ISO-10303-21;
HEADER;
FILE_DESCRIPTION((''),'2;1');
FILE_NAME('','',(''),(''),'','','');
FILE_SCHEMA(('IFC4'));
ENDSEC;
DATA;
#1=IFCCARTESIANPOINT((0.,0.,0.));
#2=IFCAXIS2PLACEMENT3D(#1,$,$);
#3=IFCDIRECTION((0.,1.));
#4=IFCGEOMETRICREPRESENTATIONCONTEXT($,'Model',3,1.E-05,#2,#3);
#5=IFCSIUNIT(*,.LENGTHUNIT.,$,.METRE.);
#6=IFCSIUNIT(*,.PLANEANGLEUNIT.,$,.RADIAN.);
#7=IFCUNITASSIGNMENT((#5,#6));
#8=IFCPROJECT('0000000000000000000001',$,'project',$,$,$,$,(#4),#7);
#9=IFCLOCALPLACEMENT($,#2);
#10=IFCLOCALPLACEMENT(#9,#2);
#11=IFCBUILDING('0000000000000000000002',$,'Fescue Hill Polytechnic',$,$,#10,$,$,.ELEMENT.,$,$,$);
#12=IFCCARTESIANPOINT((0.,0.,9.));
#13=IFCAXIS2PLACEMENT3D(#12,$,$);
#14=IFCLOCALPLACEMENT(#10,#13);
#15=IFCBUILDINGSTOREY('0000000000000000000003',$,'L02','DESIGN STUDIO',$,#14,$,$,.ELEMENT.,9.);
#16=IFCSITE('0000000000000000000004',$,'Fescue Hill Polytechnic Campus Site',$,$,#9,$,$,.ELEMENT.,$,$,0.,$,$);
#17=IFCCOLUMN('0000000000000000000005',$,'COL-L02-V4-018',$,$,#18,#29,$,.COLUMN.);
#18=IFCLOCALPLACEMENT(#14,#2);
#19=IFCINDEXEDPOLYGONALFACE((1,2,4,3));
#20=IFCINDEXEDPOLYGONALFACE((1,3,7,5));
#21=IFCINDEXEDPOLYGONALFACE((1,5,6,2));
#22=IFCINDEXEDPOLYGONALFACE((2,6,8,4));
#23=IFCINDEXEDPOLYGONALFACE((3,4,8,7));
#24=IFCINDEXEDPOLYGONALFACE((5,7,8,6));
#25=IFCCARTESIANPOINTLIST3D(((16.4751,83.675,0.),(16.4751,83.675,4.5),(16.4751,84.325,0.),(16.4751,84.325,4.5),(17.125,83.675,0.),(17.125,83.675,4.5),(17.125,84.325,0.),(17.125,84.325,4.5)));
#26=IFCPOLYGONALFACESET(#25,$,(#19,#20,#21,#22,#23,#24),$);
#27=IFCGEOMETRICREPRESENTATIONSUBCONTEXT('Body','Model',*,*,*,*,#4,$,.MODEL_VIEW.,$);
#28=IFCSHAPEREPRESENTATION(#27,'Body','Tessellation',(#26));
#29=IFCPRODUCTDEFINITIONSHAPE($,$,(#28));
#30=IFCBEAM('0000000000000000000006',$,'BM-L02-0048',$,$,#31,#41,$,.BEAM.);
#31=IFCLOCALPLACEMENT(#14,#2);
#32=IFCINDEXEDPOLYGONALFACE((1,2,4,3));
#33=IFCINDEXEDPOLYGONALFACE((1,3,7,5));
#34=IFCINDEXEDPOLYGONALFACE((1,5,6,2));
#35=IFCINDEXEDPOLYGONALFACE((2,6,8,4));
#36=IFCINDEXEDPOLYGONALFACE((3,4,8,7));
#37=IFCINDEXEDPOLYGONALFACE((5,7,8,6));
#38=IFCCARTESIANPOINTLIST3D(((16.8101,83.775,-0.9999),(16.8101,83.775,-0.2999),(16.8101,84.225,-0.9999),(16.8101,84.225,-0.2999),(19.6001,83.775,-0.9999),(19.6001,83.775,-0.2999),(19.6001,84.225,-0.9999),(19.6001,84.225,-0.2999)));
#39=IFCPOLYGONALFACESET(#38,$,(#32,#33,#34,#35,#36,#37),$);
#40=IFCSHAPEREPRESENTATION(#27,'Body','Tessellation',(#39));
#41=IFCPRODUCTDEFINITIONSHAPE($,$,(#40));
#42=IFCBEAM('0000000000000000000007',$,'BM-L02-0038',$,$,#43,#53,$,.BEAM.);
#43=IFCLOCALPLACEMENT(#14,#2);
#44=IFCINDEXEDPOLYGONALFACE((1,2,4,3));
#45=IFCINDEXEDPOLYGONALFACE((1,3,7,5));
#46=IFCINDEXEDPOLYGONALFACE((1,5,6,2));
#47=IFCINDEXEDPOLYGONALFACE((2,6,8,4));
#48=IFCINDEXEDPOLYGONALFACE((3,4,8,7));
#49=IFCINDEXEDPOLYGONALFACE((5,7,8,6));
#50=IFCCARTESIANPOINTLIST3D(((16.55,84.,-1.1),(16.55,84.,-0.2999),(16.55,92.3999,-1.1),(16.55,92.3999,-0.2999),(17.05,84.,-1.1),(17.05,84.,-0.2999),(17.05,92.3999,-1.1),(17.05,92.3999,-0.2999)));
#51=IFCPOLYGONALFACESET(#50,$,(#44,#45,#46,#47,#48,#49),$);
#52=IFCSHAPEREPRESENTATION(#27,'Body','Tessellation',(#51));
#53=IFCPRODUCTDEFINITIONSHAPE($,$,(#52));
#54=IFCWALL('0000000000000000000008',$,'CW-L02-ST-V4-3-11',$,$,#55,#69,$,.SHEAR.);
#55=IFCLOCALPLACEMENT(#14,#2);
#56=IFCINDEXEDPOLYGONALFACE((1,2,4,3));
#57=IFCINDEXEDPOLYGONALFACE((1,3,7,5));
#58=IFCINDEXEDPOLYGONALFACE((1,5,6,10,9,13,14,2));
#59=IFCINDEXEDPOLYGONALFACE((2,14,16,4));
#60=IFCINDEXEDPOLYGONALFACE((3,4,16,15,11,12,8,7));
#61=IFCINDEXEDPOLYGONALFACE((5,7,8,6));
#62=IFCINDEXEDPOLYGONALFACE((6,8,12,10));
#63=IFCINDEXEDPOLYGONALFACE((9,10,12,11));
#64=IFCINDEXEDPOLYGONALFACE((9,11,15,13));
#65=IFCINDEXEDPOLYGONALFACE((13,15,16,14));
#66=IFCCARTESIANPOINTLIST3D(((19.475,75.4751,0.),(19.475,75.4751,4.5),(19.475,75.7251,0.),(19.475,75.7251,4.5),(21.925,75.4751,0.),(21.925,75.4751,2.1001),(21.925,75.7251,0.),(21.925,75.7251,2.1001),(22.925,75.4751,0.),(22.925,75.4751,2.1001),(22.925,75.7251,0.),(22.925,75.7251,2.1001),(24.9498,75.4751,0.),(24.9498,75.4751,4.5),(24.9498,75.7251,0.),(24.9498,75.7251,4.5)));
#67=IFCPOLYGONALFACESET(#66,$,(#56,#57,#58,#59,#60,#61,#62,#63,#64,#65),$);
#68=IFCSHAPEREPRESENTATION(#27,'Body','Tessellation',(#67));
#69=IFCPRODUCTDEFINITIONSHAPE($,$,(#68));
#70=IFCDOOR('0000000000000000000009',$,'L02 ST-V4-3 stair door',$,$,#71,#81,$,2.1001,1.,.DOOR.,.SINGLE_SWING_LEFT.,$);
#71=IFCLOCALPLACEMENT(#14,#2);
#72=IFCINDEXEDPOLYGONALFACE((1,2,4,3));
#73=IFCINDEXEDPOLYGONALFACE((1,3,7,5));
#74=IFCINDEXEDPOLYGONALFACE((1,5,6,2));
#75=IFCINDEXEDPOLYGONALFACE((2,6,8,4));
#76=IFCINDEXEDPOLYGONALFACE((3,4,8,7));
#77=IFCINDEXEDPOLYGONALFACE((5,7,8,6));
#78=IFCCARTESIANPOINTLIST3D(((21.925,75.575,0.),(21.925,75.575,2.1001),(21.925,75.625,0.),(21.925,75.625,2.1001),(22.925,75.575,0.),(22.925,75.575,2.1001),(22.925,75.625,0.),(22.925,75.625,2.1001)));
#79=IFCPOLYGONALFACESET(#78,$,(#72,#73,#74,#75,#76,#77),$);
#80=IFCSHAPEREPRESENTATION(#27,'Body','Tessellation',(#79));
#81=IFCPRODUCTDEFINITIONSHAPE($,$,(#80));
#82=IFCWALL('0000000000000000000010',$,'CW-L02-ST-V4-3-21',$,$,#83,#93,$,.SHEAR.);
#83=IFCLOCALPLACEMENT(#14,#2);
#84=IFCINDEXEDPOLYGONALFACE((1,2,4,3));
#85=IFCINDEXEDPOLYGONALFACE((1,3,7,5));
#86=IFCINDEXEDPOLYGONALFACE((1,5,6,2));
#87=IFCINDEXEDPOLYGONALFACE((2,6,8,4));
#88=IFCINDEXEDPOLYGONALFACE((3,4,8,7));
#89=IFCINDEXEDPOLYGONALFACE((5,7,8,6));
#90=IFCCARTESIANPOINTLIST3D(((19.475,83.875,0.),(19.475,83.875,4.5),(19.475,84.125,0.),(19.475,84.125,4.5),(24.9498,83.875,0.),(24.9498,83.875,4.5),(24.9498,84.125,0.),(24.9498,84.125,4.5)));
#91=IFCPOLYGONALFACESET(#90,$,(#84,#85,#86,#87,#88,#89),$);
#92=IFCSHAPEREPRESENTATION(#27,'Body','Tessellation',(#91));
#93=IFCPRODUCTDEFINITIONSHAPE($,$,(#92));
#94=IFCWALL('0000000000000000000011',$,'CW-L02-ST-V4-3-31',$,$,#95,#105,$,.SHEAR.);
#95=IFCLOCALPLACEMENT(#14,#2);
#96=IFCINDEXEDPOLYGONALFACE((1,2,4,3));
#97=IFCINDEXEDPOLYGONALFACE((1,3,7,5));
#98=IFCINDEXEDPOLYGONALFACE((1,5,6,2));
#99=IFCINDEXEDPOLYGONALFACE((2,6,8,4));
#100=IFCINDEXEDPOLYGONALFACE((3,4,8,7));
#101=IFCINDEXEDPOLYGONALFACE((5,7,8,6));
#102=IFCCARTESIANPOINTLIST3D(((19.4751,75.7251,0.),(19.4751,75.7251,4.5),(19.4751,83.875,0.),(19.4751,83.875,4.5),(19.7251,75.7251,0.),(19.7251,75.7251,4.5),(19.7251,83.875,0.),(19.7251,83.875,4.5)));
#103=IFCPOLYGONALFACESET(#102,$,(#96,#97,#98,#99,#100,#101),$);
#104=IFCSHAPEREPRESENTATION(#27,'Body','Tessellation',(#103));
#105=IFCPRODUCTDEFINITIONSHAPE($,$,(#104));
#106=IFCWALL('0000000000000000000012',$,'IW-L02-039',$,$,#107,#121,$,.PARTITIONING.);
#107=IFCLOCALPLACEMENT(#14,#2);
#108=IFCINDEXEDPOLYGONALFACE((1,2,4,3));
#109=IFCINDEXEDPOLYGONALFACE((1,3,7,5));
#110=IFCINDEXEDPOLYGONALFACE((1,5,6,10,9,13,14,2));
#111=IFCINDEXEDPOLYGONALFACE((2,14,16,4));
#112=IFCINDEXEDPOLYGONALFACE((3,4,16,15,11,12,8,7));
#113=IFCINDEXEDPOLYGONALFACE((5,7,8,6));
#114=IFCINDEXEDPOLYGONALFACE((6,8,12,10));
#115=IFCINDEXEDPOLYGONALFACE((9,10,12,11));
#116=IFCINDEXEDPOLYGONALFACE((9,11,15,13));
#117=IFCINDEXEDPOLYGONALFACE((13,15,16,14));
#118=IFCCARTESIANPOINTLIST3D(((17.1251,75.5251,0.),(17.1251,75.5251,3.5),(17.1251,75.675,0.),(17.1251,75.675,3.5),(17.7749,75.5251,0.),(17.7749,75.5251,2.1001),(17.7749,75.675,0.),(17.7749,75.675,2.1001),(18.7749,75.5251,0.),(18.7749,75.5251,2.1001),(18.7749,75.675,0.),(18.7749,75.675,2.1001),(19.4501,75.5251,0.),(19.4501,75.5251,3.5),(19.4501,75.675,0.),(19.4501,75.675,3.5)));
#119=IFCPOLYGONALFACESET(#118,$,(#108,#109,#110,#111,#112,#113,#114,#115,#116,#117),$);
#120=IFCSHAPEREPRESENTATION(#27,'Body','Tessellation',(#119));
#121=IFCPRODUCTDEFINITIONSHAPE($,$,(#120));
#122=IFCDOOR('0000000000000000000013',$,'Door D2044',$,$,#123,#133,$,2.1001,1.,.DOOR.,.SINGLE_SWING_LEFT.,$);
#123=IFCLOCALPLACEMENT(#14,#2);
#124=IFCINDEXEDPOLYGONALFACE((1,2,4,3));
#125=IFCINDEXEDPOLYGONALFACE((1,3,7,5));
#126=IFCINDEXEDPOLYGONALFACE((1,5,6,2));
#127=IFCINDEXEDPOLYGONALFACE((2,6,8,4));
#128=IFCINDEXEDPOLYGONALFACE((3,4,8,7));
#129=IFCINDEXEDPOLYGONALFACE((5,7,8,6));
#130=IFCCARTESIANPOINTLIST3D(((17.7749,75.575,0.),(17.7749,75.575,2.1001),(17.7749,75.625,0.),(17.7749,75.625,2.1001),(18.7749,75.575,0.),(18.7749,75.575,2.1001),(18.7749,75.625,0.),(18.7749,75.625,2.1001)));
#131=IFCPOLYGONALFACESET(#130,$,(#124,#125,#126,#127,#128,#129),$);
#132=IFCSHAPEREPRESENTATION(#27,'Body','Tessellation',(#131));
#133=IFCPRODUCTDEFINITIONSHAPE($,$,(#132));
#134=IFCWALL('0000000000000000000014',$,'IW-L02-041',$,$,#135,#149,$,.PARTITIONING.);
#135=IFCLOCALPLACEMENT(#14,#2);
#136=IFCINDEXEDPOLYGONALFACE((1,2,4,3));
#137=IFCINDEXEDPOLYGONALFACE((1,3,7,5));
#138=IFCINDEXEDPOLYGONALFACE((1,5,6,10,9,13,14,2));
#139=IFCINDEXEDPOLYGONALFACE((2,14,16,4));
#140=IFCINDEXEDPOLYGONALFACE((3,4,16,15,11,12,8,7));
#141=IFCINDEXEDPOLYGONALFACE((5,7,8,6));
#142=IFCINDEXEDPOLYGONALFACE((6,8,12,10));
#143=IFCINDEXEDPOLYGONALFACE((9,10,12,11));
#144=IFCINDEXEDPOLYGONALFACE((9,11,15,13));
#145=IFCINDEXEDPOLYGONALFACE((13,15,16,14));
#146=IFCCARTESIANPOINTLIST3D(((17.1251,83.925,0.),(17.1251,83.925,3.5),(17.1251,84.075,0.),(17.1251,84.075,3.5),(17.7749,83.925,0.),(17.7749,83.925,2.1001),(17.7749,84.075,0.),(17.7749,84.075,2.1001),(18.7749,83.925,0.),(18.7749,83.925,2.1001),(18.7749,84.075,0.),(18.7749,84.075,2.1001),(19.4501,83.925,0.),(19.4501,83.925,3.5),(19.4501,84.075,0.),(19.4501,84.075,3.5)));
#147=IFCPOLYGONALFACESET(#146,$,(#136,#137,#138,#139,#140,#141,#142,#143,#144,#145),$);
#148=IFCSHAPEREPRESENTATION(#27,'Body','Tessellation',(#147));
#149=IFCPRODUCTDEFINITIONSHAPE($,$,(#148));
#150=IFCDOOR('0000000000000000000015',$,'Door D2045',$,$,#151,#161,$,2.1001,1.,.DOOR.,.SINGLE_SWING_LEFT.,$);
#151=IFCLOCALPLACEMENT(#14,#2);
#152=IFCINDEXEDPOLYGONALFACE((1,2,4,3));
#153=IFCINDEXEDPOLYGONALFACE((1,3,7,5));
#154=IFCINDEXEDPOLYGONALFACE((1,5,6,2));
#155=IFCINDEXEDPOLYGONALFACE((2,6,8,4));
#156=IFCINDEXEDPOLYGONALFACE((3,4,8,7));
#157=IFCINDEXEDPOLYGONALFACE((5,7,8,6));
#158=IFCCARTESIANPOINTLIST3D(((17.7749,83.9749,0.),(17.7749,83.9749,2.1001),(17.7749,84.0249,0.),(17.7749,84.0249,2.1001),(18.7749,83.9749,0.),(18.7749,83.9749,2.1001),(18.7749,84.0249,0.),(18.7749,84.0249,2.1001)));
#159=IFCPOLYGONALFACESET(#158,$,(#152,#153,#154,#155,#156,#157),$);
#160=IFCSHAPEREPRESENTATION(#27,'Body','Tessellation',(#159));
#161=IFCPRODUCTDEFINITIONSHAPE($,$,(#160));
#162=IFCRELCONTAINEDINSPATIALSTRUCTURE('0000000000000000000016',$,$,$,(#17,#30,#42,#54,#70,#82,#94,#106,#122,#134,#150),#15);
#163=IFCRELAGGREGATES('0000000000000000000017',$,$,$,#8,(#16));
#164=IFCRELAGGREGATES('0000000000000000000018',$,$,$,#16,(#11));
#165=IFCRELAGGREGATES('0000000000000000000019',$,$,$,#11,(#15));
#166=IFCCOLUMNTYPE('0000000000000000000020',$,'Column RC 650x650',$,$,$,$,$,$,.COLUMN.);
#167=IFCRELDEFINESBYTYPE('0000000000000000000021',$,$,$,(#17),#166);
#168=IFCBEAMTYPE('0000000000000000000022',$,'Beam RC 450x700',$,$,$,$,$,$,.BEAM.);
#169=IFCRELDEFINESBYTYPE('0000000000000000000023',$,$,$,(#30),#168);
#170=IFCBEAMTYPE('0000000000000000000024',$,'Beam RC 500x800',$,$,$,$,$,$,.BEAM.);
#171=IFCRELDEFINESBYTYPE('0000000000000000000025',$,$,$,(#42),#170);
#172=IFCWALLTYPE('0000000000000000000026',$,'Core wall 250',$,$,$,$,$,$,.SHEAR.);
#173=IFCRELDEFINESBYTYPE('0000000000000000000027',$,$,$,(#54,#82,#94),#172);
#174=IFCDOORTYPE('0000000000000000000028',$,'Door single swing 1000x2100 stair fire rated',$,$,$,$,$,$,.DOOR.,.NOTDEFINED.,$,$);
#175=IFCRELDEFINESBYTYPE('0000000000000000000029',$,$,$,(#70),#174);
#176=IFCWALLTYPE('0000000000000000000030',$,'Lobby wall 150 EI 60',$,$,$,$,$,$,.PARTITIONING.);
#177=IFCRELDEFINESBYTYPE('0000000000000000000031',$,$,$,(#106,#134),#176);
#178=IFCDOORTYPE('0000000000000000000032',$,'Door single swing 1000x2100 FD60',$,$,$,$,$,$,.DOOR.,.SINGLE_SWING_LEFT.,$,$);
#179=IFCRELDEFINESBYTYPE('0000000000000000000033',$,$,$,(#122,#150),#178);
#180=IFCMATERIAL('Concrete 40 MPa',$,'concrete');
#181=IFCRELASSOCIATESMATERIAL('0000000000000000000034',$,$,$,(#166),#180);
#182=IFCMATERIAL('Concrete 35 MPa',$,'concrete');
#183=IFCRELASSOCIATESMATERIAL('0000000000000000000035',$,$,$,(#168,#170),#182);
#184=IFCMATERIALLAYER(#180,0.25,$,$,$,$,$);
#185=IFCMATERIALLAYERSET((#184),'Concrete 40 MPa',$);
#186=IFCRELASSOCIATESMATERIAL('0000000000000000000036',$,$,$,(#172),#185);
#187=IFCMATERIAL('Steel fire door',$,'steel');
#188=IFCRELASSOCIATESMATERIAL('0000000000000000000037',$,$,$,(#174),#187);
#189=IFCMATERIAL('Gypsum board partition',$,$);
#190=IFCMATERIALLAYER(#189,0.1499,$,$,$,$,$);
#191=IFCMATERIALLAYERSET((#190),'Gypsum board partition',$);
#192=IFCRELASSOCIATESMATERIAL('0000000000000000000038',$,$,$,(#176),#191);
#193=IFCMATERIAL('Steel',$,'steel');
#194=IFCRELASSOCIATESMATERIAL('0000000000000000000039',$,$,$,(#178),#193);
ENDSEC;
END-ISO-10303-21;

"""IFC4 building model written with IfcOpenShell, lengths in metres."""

from ifc_helpers import new_model, si_unit, direction, frame, frame_2d, origin, origin_2d, place, context, subcontext, project, spatial, rectangle, extrude, material, layer, layer_set, material_profile, profile_set, type_object, element, fill, save


model = new_model("IFC4")

# Units and contexts
model_context = context("Model", 3, precision=1e-05, world=origin(), true_north=direction((0.0, 1.0)))
body_context = subcontext(model_context, "Body", "Model", "MODEL_VIEW")
ifc_project = project(units=[si_unit("LENGTHUNIT", "METRE"), si_unit("PLANEANGLEUNIT", "RADIAN")], contexts=[model_context])

# Site, building, storey
site_placement = place(None, origin())
site = spatial("IfcSite", under=ifc_project, at=site_placement, Name="Fescue Hill Polytechnic Campus Site", CompositionType="ELEMENT", RefElevation=0.0)
building_placement = place(site_placement, origin())
building = spatial("IfcBuilding", under=site, at=building_placement, Name="Fescue Hill Polytechnic", CompositionType="ELEMENT")
storey_placement = place(building_placement, frame((0.0, 0.0, 9.0)))
storey = spatial("IfcBuildingStorey", under=building, at=storey_placement, Name="L02", Description="DESIGN STUDIO", CompositionType="ELEMENT", Elevation=9.0)

# Column
ifc_material_1 = material(Name="Concrete 40 MPa", Category="concrete")
ifc_material_profile_1 = material_profile(ifc_material_1, rectangle(XDim=0.6499, YDim=0.6499, at=origin_2d()), Name="RC 650x650")
ifc_profile_set_1 = profile_set([ifc_material_profile_1], Name="Concrete 40 MPa")
column_type = type_object("IfcColumnType", Name="Column RC 650x650", PredefinedType="COLUMN", material=ifc_profile_set_1)
column_placement = place(storey_placement, frame((16.8, 84.0, 0.0), z_axis=(0.0, 0.0, 1.0), x_axis=(1.0, 0.0, 0.0)))
element("IfcColumn", 1, at=column_placement, inside=storey, type_object=column_type, Name="COL-L02-V4-018", PredefinedType="COLUMN", context=body_context, shape_type="SweptSolid", body=[
    extrude(rectangle(XDim=0.6499, YDim=0.6499, at=origin_2d()), origin(), (0.0, 0.0, 1.0), 4.5),
])

# Beams
ifc_material_2 = material(Name="Concrete 35 MPa", Category="concrete")
ifc_material_profile_2 = material_profile(ifc_material_2, rectangle(XDim=0.45, YDim=0.7, at=origin_2d()), Name="RC 450x700")
ifc_profile_set_2 = profile_set([ifc_material_profile_2], Name="Concrete 35 MPa")
beam_type_1 = type_object("IfcBeamType", Name="Beam RC 450x700", PredefinedType="BEAM", material=ifc_profile_set_2)
beam_1_placement = place(storey_placement, frame((16.8101, 84.0, -0.6499), z_axis=(1.0, 0.0, 0.0), x_axis=(0.0, 1.0, 0.0)))
element("IfcBeam", 2, at=beam_1_placement, inside=storey, type_object=beam_type_1, Name="BM-L02-0048", PredefinedType="BEAM", context=body_context, shape_type="SweptSolid", body=[
    extrude(rectangle(XDim=0.45, YDim=0.7, at=origin_2d()), origin(), (0.0, 0.0, 1.0), 2.79),
])
ifc_material_profile_3 = material_profile(ifc_material_2, rectangle(XDim=0.5, YDim=0.8, at=origin_2d()), Name="RC 500x800")
ifc_profile_set_3 = profile_set([ifc_material_profile_3], Name="Concrete 35 MPa")
beam_type_2 = type_object("IfcBeamType", Name="Beam RC 500x800", PredefinedType="BEAM", material=ifc_profile_set_3)
beam_2_placement = place(storey_placement, frame((16.8, 84.0, -0.7), z_axis=(0.0, 1.0, 0.0), x_axis=(-1.0, 0.0, 0.0)))
element("IfcBeam", 3, at=beam_2_placement, inside=storey, type_object=beam_type_2, Name="BM-L02-0038", PredefinedType="BEAM", context=body_context, shape_type="SweptSolid", body=[
    extrude(rectangle(XDim=0.5, YDim=0.8, at=origin_2d()), origin(), (0.0, 0.0, 1.0), 8.3999),
])

# Wall, opening, door
ifc_layer_1 = layer(ifc_material_1, 0.25)
ifc_layer_set_1 = layer_set([ifc_layer_1], Name="Concrete 40 MPa")
wall_type_1 = type_object("IfcWallType", Name="Core wall 250", PredefinedType="SHEAR", material=ifc_layer_set_1)
wall_1_placement = place(storey_placement, frame((19.4751, 75.6001, 0.0), z_axis=(0.0, 0.0, 1.0), x_axis=(1.0, 0.0, 0.0)))
wall_1 = element("IfcWall", 4, at=wall_1_placement, inside=storey, type_object=wall_type_1, Name="CW-L02-ST-V4-3-11", PredefinedType="SHEAR", context=body_context, shape_type="SweptSolid", body=[
    extrude(rectangle(XDim=5.4749, YDim=0.25, at=frame_2d((2.7373, 0.0))), origin(), (0.0, 0.0, 1.0), 4.5),
])
opening_1_placement = place(wall_1_placement, frame((2.45, 0.0, 0.0)))
opening_1 = element("IfcOpeningElement", 5, at=opening_1_placement, cuts=wall_1, PredefinedType="OPENING", context=body_context, shape_type="SweptSolid", body=[
    extrude(rectangle(XDim=1.0, YDim=2.1001, at=frame_2d((0.5, 1.05))), frame((0.0, 0.135, 0.0), z_axis=(0.0, -1.0, 0.0), x_axis=(1.0, 0.0, 0.0)), (0.0, 0.0, 1.0), 0.27),
])
ifc_material_3 = material(Name="Steel fire door", Category="steel")
door_type_1 = type_object("IfcDoorType", Name="Door single swing 1000x2100 stair fire rated", OperationType="NOTDEFINED", PredefinedType="DOOR", material=ifc_material_3)
door_1_placement = place(opening_1_placement, origin())
door_1 = element("IfcDoor", 6, at=door_1_placement, inside=storey, type_object=door_type_1, Name="L02 ST-V4-3 stair door", OperationType="SINGLE_SWING_LEFT", OverallHeight=2.1001, OverallWidth=1.0, PredefinedType="DOOR", context=body_context, shape_type="SweptSolid", body=[
    extrude(rectangle(XDim=1.0, YDim=2.1001, at=frame_2d((0.5, 1.05))), frame((0.0, 0.0249, 0.0), z_axis=(0.0, -1.0, 0.0), x_axis=(1.0, 0.0, 0.0)), (0.0, 0.0, 1.0), 0.05),
])
fill(opening_1, door_1)

# Walls
wall_2_placement = place(storey_placement, frame((19.4751, 84.0, 0.0), z_axis=(0.0, 0.0, 1.0), x_axis=(1.0, 0.0, 0.0)))
element("IfcWall", 7, at=wall_2_placement, inside=storey, type_object=wall_type_1, Name="CW-L02-ST-V4-3-21", PredefinedType="SHEAR", context=body_context, shape_type="SweptSolid", body=[
    extrude(rectangle(XDim=5.4749, YDim=0.25, at=frame_2d((2.7373, 0.0))), origin(), (0.0, 0.0, 1.0), 4.5),
])
wall_3_placement = place(storey_placement, frame((19.6001, 75.7251, 0.0), z_axis=(0.0, 0.0, 1.0), x_axis=(0.0, 1.0, 0.0)))
element("IfcWall", 8, at=wall_3_placement, inside=storey, type_object=wall_type_1, Name="CW-L02-ST-V4-3-31", PredefinedType="SHEAR", context=body_context, shape_type="SweptSolid", body=[
    extrude(rectangle(XDim=8.1499, YDim=0.25, at=frame_2d((4.075, 0.0))), origin(), (0.0, 0.0, 1.0), 4.5),
])

# Walls, openings, doors
ifc_material_4 = material(Name="Gypsum board partition")
ifc_layer_2 = layer(ifc_material_4, 0.1499)
ifc_layer_set_2 = layer_set([ifc_layer_2], Name="Gypsum board partition")
wall_type_2 = type_object("IfcWallType", Name="Lobby wall 150 EI 60", PredefinedType="PARTITIONING", material=ifc_layer_set_2)
wall_4_placement = place(storey_placement, frame((17.125, 75.6001, 0.0), z_axis=(0.0, 0.0, 1.0), x_axis=(1.0, 0.0, 0.0)))
wall_4 = element("IfcWall", 9, at=wall_4_placement, inside=storey, type_object=wall_type_2, Name="IW-L02-039", PredefinedType="PARTITIONING", context=body_context, shape_type="SweptSolid", body=[
    extrude(rectangle(XDim=2.325, YDim=0.1499, at=frame_2d((1.1626, 0.0))), origin(), (0.0, 0.0, 1.0), 3.5),
])
opening_2_placement = place(wall_4_placement, frame((0.6499, 0.0, 0.0)))
opening_2 = element("IfcOpeningElement", 10, at=opening_2_placement, cuts=wall_4, PredefinedType="OPENING", context=body_context, shape_type="SweptSolid", body=[
    extrude(rectangle(XDim=1.0, YDim=2.1001, at=frame_2d((0.5, 1.05))), frame((0.0, 0.085, 0.0), z_axis=(0.0, -1.0, 0.0), x_axis=(1.0, 0.0, 0.0)), (0.0, 0.0, 1.0), 0.1699),
])
ifc_material_5 = material(Name="Steel", Category="steel")
door_type_2 = type_object("IfcDoorType", Name="Door single swing 1000x2100 FD60", OperationType="SINGLE_SWING_LEFT", PredefinedType="DOOR", material=ifc_material_5)
door_2_placement = place(opening_2_placement, origin())
door_2 = element("IfcDoor", 11, at=door_2_placement, inside=storey, type_object=door_type_2, Name="Door D2044", OperationType="SINGLE_SWING_LEFT", OverallHeight=2.1001, OverallWidth=1.0, PredefinedType="DOOR", context=body_context, shape_type="SweptSolid", body=[
    extrude(rectangle(XDim=1.0, YDim=2.1001, at=frame_2d((0.5, 1.05))), frame((0.0, 0.0249, 0.0), z_axis=(0.0, -1.0, 0.0), x_axis=(1.0, 0.0, 0.0)), (0.0, 0.0, 1.0), 0.05),
])
fill(opening_2, door_2)
wall_5_placement = place(storey_placement, frame((17.125, 84.0, 0.0), z_axis=(0.0, 0.0, 1.0), x_axis=(1.0, 0.0, 0.0)))
wall_5 = element("IfcWall", 12, at=wall_5_placement, inside=storey, type_object=wall_type_2, Name="IW-L02-041", PredefinedType="PARTITIONING", context=body_context, shape_type="SweptSolid", body=[
    extrude(rectangle(XDim=2.325, YDim=0.1499, at=frame_2d((1.1626, 0.0))), origin(), (0.0, 0.0, 1.0), 3.5),
])
opening_3_placement = place(wall_5_placement, frame((0.6499, 0.0, 0.0)))
opening_3 = element("IfcOpeningElement", 13, at=opening_3_placement, cuts=wall_5, PredefinedType="OPENING", context=body_context, shape_type="SweptSolid", body=[
    extrude(rectangle(XDim=1.0, YDim=2.1001, at=frame_2d((0.5, 1.05))), frame((0.0, 0.085, 0.0), z_axis=(0.0, -1.0, 0.0), x_axis=(1.0, 0.0, 0.0)), (0.0, 0.0, 1.0), 0.1699),
])
door_3_placement = place(opening_3_placement, origin())
door_3 = element("IfcDoor", 14, at=door_3_placement, inside=storey, type_object=door_type_2, Name="Door D2045", OperationType="SINGLE_SWING_LEFT", OverallHeight=2.1001, OverallWidth=1.0, PredefinedType="DOOR", context=body_context, shape_type="SweptSolid", body=[
    extrude(rectangle(XDim=1.0, YDim=2.1001, at=frame_2d((0.5, 1.05))), frame((0.0, 0.0249, 0.0), z_axis=(0.0, -1.0, 0.0), x_axis=(1.0, 0.0, 0.0)), (0.0, 0.0, 1.0), 0.05),
])
fill(opening_3, door_3)

save(model, "model.ifc")
